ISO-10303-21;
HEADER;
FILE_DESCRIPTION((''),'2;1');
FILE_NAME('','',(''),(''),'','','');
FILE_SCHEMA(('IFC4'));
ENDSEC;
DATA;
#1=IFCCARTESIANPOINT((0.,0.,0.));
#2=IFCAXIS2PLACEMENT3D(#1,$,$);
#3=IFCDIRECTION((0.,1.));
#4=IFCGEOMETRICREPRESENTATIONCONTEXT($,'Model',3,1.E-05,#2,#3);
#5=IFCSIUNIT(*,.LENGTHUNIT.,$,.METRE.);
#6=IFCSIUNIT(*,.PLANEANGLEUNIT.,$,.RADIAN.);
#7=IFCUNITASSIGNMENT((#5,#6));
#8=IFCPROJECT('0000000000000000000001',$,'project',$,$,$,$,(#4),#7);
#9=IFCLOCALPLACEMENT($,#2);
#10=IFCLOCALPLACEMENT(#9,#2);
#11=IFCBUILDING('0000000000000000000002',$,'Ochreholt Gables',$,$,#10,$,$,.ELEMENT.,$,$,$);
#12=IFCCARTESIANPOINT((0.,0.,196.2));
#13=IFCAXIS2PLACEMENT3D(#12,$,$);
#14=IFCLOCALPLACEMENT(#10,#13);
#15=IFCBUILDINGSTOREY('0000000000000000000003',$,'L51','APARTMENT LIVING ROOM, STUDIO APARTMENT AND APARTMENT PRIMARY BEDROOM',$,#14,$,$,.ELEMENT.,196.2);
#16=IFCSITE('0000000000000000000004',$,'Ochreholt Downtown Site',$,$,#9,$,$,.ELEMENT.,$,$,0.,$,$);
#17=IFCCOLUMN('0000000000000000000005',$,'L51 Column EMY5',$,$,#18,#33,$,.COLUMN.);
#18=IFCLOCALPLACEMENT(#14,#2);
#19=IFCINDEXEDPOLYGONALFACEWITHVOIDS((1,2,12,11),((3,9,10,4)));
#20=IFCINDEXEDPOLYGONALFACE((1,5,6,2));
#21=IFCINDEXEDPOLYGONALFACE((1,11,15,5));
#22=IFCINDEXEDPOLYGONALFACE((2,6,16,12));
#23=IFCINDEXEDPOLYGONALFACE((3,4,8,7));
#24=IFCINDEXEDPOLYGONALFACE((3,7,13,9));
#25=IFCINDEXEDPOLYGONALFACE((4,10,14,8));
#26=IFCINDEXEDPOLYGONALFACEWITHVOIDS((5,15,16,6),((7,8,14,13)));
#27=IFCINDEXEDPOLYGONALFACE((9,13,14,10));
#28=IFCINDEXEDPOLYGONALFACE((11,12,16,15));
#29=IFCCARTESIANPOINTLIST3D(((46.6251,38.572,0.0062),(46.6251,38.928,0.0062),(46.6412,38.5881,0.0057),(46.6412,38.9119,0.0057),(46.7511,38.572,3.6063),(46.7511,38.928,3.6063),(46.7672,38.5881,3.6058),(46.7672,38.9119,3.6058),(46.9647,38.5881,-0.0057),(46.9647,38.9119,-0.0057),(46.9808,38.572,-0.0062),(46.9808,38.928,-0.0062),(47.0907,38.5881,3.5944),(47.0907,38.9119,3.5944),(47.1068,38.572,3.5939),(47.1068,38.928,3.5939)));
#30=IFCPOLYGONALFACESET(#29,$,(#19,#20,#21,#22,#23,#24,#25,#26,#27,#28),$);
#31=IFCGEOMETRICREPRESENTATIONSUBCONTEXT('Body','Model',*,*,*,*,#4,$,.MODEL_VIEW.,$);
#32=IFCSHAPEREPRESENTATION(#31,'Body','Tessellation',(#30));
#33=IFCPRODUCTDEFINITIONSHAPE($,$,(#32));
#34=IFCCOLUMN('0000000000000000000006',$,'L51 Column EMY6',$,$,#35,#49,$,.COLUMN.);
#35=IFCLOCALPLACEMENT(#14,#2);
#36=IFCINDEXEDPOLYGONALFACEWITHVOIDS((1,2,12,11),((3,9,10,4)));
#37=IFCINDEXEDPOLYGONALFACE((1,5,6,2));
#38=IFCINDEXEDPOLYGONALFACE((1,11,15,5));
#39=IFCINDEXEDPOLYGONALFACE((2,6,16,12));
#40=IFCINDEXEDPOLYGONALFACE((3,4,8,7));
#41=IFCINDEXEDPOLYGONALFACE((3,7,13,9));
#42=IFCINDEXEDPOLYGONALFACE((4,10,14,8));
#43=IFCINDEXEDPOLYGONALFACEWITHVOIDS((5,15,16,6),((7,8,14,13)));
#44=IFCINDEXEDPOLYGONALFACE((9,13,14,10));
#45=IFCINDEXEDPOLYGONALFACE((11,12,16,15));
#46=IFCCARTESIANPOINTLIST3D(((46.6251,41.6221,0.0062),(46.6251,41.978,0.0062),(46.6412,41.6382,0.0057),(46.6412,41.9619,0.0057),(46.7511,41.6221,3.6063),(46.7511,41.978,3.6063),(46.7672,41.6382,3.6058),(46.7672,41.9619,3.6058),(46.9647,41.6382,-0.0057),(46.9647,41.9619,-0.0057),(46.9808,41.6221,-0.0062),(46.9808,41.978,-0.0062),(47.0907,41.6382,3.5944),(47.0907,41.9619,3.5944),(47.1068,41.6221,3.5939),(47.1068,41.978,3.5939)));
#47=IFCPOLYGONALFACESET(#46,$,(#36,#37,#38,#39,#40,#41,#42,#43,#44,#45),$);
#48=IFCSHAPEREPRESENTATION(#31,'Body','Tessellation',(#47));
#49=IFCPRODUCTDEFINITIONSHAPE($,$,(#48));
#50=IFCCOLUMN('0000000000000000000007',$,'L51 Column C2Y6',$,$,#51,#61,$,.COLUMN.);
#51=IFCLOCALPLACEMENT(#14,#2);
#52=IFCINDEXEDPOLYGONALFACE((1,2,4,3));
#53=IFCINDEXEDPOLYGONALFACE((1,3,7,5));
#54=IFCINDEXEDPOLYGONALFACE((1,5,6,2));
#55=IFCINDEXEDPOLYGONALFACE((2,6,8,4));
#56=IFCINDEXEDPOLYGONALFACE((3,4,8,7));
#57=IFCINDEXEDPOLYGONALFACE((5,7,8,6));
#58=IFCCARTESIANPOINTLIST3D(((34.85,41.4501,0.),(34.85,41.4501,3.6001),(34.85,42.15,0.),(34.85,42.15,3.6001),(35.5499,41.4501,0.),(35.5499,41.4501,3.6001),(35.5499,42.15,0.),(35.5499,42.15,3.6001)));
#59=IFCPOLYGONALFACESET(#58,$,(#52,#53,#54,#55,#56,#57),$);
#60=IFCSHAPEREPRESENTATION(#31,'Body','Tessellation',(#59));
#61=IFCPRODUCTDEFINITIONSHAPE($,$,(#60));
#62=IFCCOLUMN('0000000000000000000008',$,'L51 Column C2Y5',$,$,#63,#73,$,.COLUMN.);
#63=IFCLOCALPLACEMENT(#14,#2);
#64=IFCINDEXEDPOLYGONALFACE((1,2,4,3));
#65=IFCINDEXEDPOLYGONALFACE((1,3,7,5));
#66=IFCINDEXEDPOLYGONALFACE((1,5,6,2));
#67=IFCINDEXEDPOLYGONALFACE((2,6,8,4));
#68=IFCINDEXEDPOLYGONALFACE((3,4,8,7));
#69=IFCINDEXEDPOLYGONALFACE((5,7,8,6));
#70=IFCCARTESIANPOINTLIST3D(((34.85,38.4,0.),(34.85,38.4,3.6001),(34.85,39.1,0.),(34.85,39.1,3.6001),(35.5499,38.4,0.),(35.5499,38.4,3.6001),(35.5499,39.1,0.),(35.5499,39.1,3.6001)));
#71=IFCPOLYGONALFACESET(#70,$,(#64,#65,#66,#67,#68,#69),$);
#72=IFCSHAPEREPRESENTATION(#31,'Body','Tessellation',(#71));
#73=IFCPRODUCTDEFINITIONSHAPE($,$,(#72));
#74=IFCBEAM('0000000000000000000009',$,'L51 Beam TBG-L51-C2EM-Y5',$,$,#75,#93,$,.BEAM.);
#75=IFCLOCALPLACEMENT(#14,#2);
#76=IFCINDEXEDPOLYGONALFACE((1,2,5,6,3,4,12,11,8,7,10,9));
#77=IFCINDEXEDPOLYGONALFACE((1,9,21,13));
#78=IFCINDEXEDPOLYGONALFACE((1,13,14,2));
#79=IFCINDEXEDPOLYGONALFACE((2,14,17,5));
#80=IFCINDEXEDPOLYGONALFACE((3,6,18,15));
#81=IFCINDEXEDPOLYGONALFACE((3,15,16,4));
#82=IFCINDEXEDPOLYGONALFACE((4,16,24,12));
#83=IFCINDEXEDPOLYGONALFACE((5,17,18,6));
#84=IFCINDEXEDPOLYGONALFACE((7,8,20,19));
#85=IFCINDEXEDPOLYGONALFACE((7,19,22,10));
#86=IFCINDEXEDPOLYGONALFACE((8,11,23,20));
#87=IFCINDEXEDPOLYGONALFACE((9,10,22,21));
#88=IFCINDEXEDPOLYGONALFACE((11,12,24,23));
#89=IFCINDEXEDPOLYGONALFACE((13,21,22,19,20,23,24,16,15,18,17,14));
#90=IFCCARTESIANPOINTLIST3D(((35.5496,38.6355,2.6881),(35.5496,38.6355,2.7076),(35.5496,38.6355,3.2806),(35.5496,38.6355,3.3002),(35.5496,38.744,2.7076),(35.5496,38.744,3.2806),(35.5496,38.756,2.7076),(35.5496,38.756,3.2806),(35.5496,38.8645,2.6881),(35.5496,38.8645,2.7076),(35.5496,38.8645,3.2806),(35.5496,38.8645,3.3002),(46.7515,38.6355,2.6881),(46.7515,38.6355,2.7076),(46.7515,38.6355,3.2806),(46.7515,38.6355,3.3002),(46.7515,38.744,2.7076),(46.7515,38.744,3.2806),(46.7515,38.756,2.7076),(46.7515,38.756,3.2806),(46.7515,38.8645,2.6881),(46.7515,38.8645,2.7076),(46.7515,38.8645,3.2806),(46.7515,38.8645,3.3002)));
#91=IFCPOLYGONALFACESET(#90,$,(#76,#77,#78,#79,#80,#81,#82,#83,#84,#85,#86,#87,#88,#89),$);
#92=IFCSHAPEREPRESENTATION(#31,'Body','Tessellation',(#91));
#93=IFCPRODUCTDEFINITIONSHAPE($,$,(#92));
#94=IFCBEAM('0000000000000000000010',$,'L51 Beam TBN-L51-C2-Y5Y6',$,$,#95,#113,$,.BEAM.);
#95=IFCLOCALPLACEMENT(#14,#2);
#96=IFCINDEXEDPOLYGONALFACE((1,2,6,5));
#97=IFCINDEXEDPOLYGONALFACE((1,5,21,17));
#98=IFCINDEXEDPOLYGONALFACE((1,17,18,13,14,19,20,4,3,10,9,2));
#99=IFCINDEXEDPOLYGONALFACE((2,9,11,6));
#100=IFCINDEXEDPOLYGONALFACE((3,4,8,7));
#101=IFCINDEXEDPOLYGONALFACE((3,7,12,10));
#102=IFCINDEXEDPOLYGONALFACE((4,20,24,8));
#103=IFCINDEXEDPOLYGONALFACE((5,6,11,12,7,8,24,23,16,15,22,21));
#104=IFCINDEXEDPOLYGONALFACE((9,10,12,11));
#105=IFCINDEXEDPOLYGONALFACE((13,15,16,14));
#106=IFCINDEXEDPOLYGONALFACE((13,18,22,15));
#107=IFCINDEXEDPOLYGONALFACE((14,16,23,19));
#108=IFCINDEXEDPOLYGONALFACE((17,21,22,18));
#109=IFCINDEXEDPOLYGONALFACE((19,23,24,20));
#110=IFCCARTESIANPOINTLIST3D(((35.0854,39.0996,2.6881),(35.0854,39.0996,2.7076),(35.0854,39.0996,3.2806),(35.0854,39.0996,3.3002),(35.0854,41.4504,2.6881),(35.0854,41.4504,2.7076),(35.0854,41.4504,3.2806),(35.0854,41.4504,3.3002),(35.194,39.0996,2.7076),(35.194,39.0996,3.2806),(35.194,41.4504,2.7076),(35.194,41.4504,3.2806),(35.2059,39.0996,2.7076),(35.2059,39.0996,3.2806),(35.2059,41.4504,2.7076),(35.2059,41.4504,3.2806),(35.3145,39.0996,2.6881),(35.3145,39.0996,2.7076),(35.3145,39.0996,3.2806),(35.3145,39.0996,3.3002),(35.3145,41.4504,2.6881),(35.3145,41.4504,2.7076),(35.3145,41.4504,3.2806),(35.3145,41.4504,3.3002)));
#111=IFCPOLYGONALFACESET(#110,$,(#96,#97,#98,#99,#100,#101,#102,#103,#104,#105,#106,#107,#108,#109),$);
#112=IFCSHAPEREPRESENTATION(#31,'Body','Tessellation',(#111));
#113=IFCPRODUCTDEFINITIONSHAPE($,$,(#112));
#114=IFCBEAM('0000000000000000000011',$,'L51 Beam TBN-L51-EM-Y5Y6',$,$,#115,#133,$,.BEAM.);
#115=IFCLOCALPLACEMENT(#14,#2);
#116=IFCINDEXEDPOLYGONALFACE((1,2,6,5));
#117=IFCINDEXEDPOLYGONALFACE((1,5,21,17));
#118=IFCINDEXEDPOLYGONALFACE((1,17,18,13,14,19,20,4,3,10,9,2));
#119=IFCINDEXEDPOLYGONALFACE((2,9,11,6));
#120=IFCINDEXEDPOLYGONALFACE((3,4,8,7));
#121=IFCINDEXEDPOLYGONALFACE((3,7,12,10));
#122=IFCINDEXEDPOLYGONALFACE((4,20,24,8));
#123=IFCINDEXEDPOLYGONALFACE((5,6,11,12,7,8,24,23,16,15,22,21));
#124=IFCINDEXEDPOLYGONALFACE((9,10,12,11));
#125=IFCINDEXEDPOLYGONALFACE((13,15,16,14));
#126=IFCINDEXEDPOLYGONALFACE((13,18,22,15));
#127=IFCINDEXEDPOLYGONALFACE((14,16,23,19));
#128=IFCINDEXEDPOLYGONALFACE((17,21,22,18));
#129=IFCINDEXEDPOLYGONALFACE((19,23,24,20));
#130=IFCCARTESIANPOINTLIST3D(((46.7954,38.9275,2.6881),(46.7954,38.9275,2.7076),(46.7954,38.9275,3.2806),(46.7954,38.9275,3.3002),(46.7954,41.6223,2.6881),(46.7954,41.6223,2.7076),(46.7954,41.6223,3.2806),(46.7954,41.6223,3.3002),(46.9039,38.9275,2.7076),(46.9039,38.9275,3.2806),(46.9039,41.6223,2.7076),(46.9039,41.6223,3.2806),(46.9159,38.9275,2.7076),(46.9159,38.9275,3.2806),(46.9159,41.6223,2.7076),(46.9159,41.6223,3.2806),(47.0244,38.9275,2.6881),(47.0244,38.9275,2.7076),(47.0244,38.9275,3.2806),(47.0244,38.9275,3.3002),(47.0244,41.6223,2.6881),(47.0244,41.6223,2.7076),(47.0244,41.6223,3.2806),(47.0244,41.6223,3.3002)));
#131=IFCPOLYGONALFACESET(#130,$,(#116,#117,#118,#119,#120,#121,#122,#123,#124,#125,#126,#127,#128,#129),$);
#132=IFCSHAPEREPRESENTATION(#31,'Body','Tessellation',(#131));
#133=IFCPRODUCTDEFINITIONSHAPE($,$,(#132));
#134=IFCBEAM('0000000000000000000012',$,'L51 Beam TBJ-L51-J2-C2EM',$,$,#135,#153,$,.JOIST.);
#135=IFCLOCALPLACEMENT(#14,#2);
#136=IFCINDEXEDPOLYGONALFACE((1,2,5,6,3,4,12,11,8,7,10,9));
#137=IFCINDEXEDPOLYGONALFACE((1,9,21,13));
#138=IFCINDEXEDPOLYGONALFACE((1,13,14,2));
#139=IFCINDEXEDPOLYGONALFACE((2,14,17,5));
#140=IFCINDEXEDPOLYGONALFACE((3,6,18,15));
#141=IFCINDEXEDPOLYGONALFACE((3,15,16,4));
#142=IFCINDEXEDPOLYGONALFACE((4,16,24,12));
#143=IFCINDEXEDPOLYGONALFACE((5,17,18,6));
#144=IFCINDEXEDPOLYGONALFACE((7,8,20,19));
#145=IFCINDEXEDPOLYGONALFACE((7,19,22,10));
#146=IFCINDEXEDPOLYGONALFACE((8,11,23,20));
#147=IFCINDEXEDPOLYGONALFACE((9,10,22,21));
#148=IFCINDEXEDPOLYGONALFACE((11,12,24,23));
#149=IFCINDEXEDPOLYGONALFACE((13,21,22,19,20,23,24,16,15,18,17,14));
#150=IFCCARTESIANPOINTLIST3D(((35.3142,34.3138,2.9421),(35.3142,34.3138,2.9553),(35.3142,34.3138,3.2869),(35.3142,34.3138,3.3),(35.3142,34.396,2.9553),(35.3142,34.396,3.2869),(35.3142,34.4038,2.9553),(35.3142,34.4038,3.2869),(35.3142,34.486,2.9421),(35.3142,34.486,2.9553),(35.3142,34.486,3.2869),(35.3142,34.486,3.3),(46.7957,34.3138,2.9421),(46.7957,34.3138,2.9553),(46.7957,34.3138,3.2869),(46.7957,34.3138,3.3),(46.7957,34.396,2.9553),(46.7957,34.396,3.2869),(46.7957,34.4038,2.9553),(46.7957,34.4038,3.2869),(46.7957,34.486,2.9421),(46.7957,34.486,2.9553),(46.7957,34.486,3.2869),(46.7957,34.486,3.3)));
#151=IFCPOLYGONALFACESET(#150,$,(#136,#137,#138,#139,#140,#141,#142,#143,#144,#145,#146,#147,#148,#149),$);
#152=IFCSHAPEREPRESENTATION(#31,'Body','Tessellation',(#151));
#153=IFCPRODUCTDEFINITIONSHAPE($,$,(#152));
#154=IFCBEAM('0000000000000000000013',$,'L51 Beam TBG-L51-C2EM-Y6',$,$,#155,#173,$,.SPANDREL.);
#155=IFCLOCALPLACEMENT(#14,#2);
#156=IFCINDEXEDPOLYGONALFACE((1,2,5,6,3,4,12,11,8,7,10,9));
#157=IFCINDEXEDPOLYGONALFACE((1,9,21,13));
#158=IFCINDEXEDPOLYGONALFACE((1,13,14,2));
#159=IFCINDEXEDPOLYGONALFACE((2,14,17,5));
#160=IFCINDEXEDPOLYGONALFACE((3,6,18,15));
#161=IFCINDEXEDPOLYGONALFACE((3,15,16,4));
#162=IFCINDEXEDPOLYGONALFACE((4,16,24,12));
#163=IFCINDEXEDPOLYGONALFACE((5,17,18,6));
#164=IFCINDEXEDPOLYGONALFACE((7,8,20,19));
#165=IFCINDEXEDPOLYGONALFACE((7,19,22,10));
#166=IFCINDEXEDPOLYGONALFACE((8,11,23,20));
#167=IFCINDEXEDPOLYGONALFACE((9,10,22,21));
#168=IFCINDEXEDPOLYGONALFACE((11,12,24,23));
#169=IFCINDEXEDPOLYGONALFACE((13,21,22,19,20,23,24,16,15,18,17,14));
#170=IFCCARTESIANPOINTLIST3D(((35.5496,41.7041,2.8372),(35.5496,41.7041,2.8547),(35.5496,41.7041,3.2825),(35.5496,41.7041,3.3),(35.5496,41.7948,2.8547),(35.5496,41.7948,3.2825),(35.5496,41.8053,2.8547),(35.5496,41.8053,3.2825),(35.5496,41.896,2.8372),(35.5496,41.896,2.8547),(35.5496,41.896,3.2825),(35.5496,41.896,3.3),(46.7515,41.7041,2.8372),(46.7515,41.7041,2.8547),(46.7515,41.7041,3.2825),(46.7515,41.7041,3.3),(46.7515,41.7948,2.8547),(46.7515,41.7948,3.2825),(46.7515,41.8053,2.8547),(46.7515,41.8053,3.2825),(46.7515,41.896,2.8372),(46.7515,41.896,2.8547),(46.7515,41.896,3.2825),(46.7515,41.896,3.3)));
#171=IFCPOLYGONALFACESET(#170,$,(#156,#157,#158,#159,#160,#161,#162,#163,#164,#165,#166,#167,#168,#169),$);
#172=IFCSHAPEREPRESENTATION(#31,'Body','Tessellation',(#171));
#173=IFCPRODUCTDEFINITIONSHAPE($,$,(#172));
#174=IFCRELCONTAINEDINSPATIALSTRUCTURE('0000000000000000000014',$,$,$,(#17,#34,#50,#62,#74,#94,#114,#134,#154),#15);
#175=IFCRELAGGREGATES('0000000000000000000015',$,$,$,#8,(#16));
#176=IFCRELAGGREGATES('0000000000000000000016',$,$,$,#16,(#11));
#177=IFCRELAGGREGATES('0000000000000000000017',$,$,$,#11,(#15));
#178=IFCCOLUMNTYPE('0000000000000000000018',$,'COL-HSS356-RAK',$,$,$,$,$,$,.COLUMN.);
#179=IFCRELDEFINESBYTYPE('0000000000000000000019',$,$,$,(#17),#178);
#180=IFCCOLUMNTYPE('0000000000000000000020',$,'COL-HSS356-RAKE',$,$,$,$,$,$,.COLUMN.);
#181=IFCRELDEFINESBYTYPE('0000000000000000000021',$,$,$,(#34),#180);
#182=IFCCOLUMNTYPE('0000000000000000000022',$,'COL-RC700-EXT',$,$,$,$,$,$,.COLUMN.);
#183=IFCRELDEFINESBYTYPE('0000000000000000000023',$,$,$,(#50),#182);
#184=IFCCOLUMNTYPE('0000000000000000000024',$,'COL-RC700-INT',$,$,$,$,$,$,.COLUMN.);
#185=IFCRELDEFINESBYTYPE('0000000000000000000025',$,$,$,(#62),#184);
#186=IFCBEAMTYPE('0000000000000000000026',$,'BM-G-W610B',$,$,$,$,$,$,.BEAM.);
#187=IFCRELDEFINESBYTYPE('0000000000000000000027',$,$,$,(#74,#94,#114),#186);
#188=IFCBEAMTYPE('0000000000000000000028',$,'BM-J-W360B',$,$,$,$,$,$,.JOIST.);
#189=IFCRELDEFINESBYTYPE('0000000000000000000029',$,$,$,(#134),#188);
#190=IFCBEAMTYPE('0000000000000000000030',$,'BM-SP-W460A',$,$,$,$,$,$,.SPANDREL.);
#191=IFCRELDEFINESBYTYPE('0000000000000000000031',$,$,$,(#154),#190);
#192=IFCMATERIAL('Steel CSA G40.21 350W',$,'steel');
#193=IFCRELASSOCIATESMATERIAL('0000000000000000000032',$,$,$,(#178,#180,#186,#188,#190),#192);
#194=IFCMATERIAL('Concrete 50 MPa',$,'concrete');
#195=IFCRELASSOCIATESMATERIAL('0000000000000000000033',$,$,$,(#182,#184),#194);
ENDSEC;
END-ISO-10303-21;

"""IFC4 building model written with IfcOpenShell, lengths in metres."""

from ifc_helpers import new_model, si_unit, direction, frame, origin, origin_2d, place, context, subcontext, project, spatial, rectangle, hollow_rectangle, i_section, extrude, material, material_profile, profile_set, type_object, element, save


model = new_model("IFC4")

# Units and contexts
model_context = context("Model", 3, precision=1e-05, world=origin(), true_north=direction((0.0, 1.0)))
body_context = subcontext(model_context, "Body", "Model", "MODEL_VIEW")
ifc_project = project(units=[si_unit("LENGTHUNIT", "METRE"), si_unit("PLANEANGLEUNIT", "RADIAN")], contexts=[model_context])

# Site, building, storey
site_placement = place(None, origin())
site = spatial("IfcSite", under=ifc_project, at=site_placement, Name="Ochreholt Downtown Site", CompositionType="ELEMENT", RefElevation=0.0)
building_placement = place(site_placement, origin())
building = spatial("IfcBuilding", under=site, at=building_placement, Name="Ochreholt Gables", CompositionType="ELEMENT")
storey_placement = place(building_placement, frame((0.0, 0.0, 196.2)))
storey = spatial("IfcBuildingStorey", under=building, at=storey_placement, Name="L51", Description="APARTMENT LIVING ROOM, STUDIO APARTMENT AND APARTMENT PRIMARY BEDROOM", CompositionType="ELEMENT", Elevation=196.2)

# Columns
ifc_material_1 = material(Name="Steel CSA G40.21 350W", Category="steel")
ifc_material_profile_1 = material_profile(ifc_material_1, hollow_rectangle(XDim=0.356, YDim=0.356, WallThickness=0.0161, at=origin_2d()), Name="HSS356X356X16")
ifc_profile_set_1 = profile_set([ifc_material_profile_1], Name="Steel CSA G40.21 350W")
column_type_1 = type_object("IfcColumnType", Name="COL-HSS356-RAK", PredefinedType="COLUMN", material=ifc_profile_set_1)
column_1_placement = place(storey_placement, frame((46.803, 38.75, 0.0), z_axis=(0.034971, 0.0, 0.999388), x_axis=(0.0, 1.0, 0.0)))
element("IfcColumn", 1, at=column_1_placement, inside=storey, type_object=column_type_1, Name="L51 Column EMY5", PredefinedType="COLUMN", context=body_context, shape_type="SweptSolid", body=[
    extrude(hollow_rectangle(XDim=0.356, YDim=0.356, WallThickness=0.0161, at=origin_2d()), origin(), (0.0, 0.0, 1.0), 3.6023),
])
ifc_material_profile_2 = material_profile(ifc_material_1, hollow_rectangle(XDim=0.356, YDim=0.356, WallThickness=0.0161, at=origin_2d()), Name="HSS356X356X16")
ifc_profile_set_2 = profile_set([ifc_material_profile_2], Name="Steel CSA G40.21 350W")
column_type_2 = type_object("IfcColumnType", Name="COL-HSS356-RAKE", PredefinedType="COLUMN", material=ifc_profile_set_2)
column_2_placement = place(storey_placement, frame((46.803, 41.8, 0.0), z_axis=(0.034971, 0.0, 0.999388), x_axis=(0.0, 1.0, 0.0)))
element("IfcColumn", 2, at=column_2_placement, inside=storey, type_object=column_type_2, Name="L51 Column EMY6", PredefinedType="COLUMN", context=body_context, shape_type="SweptSolid", body=[
    extrude(hollow_rectangle(XDim=0.356, YDim=0.356, WallThickness=0.0161, at=origin_2d()), origin(), (0.0, 0.0, 1.0), 3.6023),
])
ifc_material_2 = material(Name="Concrete 50 MPa", Category="concrete")
ifc_material_profile_3 = material_profile(ifc_material_2, rectangle(XDim=0.7, YDim=0.7, at=origin_2d()), Name="RC700X700")
ifc_profile_set_3 = profile_set([ifc_material_profile_3], Name="Concrete 50 MPa")
column_type_3 = type_object("IfcColumnType", Name="COL-RC700-EXT", PredefinedType="COLUMN", material=ifc_profile_set_3)
column_3_placement = place(storey_placement, frame((35.2, 41.8, 0.0), z_axis=(0.0, 0.0, 1.0), x_axis=(1.0, 0.0, 0.0)))
element("IfcColumn", 3, at=column_3_placement, inside=storey, type_object=column_type_3, Name="L51 Column C2Y6", PredefinedType="COLUMN", context=body_context, shape_type="SweptSolid", body=[
    extrude(rectangle(XDim=0.7, YDim=0.7, at=origin_2d()), origin(), (0.0, 0.0, 1.0), 3.6001),
])
ifc_material_profile_4 = material_profile(ifc_material_2, rectangle(XDim=0.7, YDim=0.7, at=origin_2d()), Name="RC700X700")
ifc_profile_set_4 = profile_set([ifc_material_profile_4], Name="Concrete 50 MPa")
column_type_4 = type_object("IfcColumnType", Name="COL-RC700-INT", PredefinedType="COLUMN", material=ifc_profile_set_4)
column_4_placement = place(storey_placement, frame((35.2, 38.75, 0.0), z_axis=(0.0, 0.0, 1.0), x_axis=(1.0, 0.0, 0.0)))
element("IfcColumn", 4, at=column_4_placement, inside=storey, type_object=column_type_4, Name="L51 Column C2Y5", PredefinedType="COLUMN", context=body_context, shape_type="SweptSolid", body=[
    extrude(rectangle(XDim=0.7, YDim=0.7, at=origin_2d()), origin(), (0.0, 0.0, 1.0), 3.6001),
])

# Beams
ifc_material_profile_5 = material_profile(ifc_material_1, i_section(OverallWidth=0.229, OverallDepth=0.6121, WebThickness=0.012, FlangeThickness=0.0195, at=origin_2d()), Name="W610X125")
ifc_profile_set_5 = profile_set([ifc_material_profile_5], Name="Steel CSA G40.21 350W")
beam_type_1 = type_object("IfcBeamType", Name="BM-G-W610B", PredefinedType="BEAM", material=ifc_profile_set_5)
beam_1_placement = place(storey_placement, frame((35.5496, 38.75, 2.9941), z_axis=(1.0, 0.0, 0.0), x_axis=(0.0, 1.0, 0.0)))
element("IfcBeam", 5, at=beam_1_placement, inside=storey, type_object=beam_type_1, Name="L51 Beam TBG-L51-C2EM-Y5", PredefinedType="BEAM", context=body_context, shape_type="SweptSolid", body=[
    extrude(i_section(OverallWidth=0.229, OverallDepth=0.6121, WebThickness=0.012, FlangeThickness=0.0195, at=origin_2d()), origin(), (0.0, 0.0, 1.0), 11.2019),
])
beam_2_placement = place(storey_placement, frame((35.2, 39.0996, 2.9941), z_axis=(0.0, 1.0, 0.0), x_axis=(-1.0, 0.0, 0.0)))
element("IfcBeam", 6, at=beam_2_placement, inside=storey, type_object=beam_type_1, Name="L51 Beam TBN-L51-C2-Y5Y6", PredefinedType="BEAM", context=body_context, shape_type="SweptSolid", body=[
    extrude(i_section(OverallWidth=0.229, OverallDepth=0.6121, WebThickness=0.012, FlangeThickness=0.0195, at=origin_2d()), origin(), (0.0, 0.0, 1.0), 2.3508),
])
beam_3_placement = place(storey_placement, frame((46.9099, 38.9275, 2.9941), z_axis=(0.0, 1.0, 0.0), x_axis=(-1.0, 0.0, 0.0)))
element("IfcBeam", 7, at=beam_3_placement, inside=storey, type_object=beam_type_1, Name="L51 Beam TBN-L51-EM-Y5Y6", PredefinedType="BEAM", context=body_context, shape_type="SweptSolid", body=[
    extrude(i_section(OverallWidth=0.229, OverallDepth=0.6121, WebThickness=0.012, FlangeThickness=0.0195, at=origin_2d()), origin(), (0.0, 0.0, 1.0), 2.6948),
])
ifc_material_profile_6 = material_profile(ifc_material_1, i_section(OverallWidth=0.1721, OverallDepth=0.3579, WebThickness=0.0078, FlangeThickness=0.0132, at=origin_2d()), Name="W360X57")
ifc_profile_set_6 = profile_set([ifc_material_profile_6], Name="Steel CSA G40.21 350W")
beam_type_2 = type_object("IfcBeamType", Name="BM-J-W360B", PredefinedType="JOIST", material=ifc_profile_set_6)
beam_4_placement = place(storey_placement, frame((35.3142, 34.3999, 3.1211), z_axis=(1.0, 0.0, 0.0), x_axis=(0.0, 1.0, 0.0)))
element("IfcBeam", 8, at=beam_4_placement, inside=storey, type_object=beam_type_2, Name="L51 Beam TBJ-L51-J2-C2EM", PredefinedType="JOIST", context=body_context, shape_type="SweptSolid", body=[
    extrude(i_section(OverallWidth=0.1721, OverallDepth=0.3579, WebThickness=0.0078, FlangeThickness=0.0132, at=origin_2d()), origin(), (0.0, 0.0, 1.0), 11.4814),
])
ifc_material_profile_7 = material_profile(ifc_material_1, i_section(OverallWidth=0.1919, OverallDepth=0.4629, WebThickness=0.0105, FlangeThickness=0.0176, at=origin_2d()), Name="W460X89")
ifc_profile_set_7 = profile_set([ifc_material_profile_7], Name="Steel CSA G40.21 350W")
beam_type_3 = type_object("IfcBeamType", Name="BM-SP-W460A", PredefinedType="SPANDREL", material=ifc_profile_set_7)
beam_5_placement = place(storey_placement, frame((35.5496, 41.8, 3.0686), z_axis=(1.0, 0.0, 0.0), x_axis=(0.0, 1.0, 0.0)))
element("IfcBeam", 9, at=beam_5_placement, inside=storey, type_object=beam_type_3, Name="L51 Beam TBG-L51-C2EM-Y6", PredefinedType="SPANDREL", context=body_context, shape_type="SweptSolid", body=[
    extrude(i_section(OverallWidth=0.1919, OverallDepth=0.4629, WebThickness=0.0105, FlangeThickness=0.0176, at=origin_2d()), origin(), (0.0, 0.0, 1.0), 11.2019),
])

save(model, "model.ifc")
